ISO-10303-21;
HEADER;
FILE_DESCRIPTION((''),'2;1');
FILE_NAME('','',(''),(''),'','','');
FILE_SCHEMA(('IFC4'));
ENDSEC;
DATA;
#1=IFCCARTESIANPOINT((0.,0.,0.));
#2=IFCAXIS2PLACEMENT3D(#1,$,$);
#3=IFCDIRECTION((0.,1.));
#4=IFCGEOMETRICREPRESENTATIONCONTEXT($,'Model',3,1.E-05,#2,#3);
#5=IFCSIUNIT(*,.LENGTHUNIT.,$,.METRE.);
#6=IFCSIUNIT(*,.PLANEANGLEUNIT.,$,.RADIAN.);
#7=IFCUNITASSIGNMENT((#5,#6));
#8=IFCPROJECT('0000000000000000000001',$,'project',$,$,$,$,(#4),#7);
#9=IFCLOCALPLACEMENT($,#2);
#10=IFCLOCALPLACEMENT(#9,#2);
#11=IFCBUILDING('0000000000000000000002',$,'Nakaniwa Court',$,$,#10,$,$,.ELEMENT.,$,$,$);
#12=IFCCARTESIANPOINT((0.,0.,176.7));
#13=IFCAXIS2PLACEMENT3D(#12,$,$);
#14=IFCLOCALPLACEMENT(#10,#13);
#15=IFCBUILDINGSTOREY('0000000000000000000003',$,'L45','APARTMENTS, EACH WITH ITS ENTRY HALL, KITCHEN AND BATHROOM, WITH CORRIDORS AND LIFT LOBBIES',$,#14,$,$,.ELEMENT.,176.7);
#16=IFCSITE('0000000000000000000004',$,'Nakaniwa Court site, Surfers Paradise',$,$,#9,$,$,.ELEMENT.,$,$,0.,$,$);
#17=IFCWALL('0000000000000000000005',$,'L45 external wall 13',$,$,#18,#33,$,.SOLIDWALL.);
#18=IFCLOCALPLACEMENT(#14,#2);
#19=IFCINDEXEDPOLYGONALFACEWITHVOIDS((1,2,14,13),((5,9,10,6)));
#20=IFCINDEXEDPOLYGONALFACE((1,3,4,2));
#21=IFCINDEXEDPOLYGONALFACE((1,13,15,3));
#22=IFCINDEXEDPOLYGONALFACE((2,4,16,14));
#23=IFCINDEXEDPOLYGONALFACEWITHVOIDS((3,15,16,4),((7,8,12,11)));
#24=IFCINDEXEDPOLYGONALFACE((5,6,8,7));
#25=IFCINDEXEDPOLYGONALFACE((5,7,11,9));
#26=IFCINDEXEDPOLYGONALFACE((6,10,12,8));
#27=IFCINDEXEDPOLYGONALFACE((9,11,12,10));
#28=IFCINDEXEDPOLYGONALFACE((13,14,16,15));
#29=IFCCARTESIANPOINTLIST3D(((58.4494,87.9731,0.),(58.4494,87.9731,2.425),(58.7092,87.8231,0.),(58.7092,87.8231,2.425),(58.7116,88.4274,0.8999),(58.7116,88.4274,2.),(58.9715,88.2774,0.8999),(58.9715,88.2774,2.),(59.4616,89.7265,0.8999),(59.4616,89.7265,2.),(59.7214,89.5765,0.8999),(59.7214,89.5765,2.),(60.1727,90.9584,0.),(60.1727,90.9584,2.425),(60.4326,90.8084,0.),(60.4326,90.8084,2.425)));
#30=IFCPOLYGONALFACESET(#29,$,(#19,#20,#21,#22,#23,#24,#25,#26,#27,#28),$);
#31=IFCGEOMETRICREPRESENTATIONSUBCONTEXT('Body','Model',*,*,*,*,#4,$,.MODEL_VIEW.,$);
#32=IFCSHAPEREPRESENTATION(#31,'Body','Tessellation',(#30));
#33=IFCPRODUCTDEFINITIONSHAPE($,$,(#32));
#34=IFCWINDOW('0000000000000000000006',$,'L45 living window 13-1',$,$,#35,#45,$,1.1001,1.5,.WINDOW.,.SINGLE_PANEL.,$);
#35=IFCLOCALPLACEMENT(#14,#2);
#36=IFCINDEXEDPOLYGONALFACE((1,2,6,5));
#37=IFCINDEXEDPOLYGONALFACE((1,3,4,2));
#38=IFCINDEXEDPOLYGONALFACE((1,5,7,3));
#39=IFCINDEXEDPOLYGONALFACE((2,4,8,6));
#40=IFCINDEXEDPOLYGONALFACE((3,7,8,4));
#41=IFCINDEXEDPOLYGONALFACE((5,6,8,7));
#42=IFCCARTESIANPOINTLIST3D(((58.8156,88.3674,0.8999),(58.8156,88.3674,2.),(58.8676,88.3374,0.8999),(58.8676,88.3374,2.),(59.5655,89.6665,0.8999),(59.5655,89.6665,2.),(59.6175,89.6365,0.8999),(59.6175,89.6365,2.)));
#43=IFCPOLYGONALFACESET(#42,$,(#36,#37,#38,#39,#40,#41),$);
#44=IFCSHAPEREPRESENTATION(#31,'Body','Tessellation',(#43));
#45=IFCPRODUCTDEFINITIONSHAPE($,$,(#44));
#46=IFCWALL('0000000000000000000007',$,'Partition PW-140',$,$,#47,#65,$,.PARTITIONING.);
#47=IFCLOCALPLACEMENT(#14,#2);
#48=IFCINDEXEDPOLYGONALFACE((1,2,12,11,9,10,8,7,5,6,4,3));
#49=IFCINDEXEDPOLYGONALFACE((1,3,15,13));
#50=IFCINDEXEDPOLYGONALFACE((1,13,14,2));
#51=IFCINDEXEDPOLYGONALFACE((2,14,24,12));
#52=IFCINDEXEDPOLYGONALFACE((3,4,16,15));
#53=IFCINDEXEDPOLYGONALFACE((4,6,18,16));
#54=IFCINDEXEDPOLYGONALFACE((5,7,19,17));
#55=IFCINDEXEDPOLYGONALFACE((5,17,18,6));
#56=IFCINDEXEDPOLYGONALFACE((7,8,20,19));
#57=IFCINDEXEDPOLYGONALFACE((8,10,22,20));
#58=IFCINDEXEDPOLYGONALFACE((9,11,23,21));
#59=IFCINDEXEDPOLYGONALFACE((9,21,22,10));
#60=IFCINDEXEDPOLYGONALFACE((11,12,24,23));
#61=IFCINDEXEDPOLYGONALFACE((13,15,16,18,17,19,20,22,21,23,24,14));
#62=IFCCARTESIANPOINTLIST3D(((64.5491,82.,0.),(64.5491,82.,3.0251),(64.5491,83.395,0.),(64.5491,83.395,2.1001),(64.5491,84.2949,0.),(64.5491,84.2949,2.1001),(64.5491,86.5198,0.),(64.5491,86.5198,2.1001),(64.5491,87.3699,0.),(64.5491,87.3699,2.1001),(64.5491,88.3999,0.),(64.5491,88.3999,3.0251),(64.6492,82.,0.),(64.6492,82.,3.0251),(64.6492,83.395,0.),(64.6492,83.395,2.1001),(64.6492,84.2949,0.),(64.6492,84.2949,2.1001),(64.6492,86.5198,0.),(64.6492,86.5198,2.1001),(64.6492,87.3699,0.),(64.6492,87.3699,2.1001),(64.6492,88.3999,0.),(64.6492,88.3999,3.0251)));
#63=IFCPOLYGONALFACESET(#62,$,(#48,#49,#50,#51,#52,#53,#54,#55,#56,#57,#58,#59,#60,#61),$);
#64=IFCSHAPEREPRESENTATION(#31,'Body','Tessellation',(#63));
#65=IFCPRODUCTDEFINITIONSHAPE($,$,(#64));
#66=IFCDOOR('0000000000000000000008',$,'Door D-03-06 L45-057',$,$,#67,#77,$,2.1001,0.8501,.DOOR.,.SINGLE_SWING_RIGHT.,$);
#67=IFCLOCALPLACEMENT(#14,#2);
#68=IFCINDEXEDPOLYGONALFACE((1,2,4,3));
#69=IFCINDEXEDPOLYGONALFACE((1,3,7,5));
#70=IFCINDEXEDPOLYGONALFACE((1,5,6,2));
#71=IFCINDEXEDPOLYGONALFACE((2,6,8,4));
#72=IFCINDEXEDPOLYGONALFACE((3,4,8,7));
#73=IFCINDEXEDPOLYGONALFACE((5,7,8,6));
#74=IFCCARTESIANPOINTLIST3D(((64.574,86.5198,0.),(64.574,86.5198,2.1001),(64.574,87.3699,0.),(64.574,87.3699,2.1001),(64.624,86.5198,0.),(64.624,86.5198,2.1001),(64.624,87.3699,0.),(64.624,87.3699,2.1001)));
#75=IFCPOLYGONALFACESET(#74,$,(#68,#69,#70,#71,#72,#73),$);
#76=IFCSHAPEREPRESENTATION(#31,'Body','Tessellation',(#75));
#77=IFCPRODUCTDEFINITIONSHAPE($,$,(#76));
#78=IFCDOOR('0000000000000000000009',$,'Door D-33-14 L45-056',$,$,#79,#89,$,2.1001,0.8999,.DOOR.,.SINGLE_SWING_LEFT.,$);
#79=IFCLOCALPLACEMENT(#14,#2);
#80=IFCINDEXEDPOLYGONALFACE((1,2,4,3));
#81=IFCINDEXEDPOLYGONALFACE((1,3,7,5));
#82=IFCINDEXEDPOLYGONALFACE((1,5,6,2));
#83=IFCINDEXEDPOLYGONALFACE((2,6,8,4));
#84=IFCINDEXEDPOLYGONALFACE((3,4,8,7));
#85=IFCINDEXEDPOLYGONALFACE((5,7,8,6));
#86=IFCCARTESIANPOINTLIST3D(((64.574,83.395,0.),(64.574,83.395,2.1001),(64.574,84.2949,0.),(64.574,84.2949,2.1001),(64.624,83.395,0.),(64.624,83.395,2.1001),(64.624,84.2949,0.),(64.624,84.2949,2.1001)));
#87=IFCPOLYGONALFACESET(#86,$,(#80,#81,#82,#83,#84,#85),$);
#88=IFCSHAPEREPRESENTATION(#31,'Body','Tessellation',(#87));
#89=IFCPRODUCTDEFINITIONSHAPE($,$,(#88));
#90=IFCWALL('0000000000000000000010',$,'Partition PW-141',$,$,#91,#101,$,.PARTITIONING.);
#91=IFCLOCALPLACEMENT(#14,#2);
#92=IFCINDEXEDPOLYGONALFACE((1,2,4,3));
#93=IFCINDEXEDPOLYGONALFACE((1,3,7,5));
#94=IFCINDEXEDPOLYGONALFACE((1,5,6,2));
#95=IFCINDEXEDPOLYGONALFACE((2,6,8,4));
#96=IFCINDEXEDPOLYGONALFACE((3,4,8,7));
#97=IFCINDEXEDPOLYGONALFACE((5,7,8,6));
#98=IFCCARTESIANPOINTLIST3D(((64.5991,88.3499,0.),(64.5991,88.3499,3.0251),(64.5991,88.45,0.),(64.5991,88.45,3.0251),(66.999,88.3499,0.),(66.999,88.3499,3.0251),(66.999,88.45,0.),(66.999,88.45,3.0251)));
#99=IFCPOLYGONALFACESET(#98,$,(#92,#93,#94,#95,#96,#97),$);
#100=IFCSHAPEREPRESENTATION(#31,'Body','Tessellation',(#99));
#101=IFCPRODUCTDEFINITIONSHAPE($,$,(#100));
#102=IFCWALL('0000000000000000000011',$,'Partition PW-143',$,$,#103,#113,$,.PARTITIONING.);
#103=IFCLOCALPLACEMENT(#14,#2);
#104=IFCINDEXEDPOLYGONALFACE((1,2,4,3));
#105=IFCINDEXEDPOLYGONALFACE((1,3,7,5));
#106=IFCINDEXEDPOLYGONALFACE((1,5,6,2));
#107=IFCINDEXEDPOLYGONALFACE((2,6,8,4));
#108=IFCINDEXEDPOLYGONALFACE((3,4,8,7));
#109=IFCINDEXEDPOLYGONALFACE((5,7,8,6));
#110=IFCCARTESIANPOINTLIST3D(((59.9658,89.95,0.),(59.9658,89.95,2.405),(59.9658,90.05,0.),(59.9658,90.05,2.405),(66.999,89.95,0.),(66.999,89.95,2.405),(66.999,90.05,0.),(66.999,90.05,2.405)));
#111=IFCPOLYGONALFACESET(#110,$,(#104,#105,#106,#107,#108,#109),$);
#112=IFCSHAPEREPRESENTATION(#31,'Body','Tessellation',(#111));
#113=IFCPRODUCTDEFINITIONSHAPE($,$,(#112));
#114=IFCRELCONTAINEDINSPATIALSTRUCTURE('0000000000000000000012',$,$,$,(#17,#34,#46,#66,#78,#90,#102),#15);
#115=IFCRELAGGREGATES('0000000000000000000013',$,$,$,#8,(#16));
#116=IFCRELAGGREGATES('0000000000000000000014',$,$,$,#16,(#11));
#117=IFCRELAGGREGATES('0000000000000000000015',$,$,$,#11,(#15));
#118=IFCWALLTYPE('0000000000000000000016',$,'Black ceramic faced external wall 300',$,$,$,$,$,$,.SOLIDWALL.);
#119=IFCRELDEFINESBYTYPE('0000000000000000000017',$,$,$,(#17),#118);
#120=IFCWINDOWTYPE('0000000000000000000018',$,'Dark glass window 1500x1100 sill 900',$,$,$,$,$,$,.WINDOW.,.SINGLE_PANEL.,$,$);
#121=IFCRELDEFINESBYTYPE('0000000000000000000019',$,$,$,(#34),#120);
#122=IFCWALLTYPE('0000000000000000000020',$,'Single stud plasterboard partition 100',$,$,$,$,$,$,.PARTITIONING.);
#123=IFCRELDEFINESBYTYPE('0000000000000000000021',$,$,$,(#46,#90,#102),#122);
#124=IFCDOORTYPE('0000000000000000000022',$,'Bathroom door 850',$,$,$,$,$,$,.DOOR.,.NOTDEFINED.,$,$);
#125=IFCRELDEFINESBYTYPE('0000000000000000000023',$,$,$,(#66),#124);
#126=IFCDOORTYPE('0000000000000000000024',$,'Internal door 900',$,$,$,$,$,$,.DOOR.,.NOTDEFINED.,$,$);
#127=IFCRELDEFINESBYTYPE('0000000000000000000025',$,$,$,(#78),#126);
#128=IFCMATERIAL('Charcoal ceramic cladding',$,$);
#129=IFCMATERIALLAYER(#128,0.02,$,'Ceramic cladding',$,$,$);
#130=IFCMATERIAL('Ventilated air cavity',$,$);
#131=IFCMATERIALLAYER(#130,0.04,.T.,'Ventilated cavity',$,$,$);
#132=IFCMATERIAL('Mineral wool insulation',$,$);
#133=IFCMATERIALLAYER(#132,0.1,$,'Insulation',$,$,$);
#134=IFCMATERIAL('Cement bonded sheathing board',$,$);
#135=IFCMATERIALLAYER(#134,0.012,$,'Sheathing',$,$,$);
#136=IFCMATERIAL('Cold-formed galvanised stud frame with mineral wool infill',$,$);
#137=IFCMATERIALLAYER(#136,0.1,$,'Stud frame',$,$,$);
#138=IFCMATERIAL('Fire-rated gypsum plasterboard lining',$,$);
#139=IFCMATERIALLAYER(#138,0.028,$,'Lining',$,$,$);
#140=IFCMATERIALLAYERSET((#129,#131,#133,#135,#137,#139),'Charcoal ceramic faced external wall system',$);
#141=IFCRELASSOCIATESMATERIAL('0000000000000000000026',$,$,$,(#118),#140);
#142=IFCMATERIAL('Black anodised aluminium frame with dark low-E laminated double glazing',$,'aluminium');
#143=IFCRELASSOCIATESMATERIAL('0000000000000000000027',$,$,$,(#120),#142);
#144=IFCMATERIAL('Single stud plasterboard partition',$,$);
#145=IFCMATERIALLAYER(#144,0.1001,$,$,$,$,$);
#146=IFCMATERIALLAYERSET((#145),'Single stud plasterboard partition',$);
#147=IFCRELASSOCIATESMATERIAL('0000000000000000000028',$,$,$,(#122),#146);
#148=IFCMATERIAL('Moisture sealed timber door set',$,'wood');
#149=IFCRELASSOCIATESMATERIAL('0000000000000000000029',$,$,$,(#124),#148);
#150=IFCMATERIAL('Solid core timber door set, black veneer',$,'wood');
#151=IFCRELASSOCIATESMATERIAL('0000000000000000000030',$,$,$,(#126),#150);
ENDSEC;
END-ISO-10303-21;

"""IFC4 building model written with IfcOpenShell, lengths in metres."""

from ifc_helpers import new_model, si_unit, direction, frame, frame_2d, origin, place, context, subcontext, project, spatial, rectangle, extrude, material, layer, layer_set, type_object, element, fill, save


model = new_model("IFC4")

# Units and contexts
model_context = context("Model", 3, precision=1e-05, world=origin(), true_north=direction((0.0, 1.0)))
body_context = subcontext(model_context, "Body", "Model", "MODEL_VIEW")
ifc_project = project(units=[si_unit("LENGTHUNIT", "METRE"), si_unit("PLANEANGLEUNIT", "RADIAN")], contexts=[model_context])

# Site, building, storey
site_placement = place(None, origin())
site = spatial("IfcSite", under=ifc_project, at=site_placement, Name="Nakaniwa Court site, Surfers Paradise", CompositionType="ELEMENT", RefElevation=0.0)
building_placement = place(site_placement, origin())
building = spatial("IfcBuilding", under=site, at=building_placement, Name="Nakaniwa Court", CompositionType="ELEMENT")
storey_placement = place(building_placement, frame((0.0, 0.0, 176.7)))
storey = spatial("IfcBuildingStorey", under=building, at=storey_placement, Name="L45", Description="APARTMENTS, EACH WITH ITS ENTRY HALL, KITCHEN AND BATHROOM, WITH CORRIDORS AND LIFT LOBBIES", CompositionType="ELEMENT", Elevation=176.7)

# Shared definitions
ifc_material_1 = material(Name="Solid core timber door set, black veneer", Category="wood")

# Wall, opening, window
ifc_material_2 = material(Name="Charcoal ceramic cladding")
ifc_layer_1 = layer(ifc_material_2, 0.02, Name="Ceramic cladding")
ifc_material_3 = material(Name="Ventilated air cavity")
ifc_layer_2 = layer(ifc_material_3, 0.04, ventilated=True, Name="Ventilated cavity")
ifc_material_4 = material(Name="Mineral wool insulation")
ifc_layer_3 = layer(ifc_material_4, 0.1, Name="Insulation")
ifc_material_5 = material(Name="Cement bonded sheathing board")
ifc_layer_4 = layer(ifc_material_5, 0.012, Name="Sheathing")
ifc_material_6 = material(Name="Cold-formed galvanised stud frame with mineral wool infill")
ifc_layer_5 = layer(ifc_material_6, 0.1, Name="Stud frame")
ifc_material_7 = material(Name="Fire-rated gypsum plasterboard lining")
ifc_layer_6 = layer(ifc_material_7, 0.028, Name="Lining")
ifc_layer_set_1 = layer_set([ifc_layer_1, ifc_layer_2, ifc_layer_3, ifc_layer_4, ifc_layer_5, ifc_layer_6], Name="Charcoal ceramic faced external wall system")
wall_type_1 = type_object("IfcWallType", Name="Black ceramic faced external wall 300", PredefinedType="SOLIDWALL", material=ifc_layer_set_1)
ifc_material_8 = material(Name="Black anodised aluminium frame with dark low-E laminated double glazing", Category="aluminium")
wall_1_placement = place(storey_placement, frame((60.3027, 90.8835, 0.0), z_axis=(0.0, 0.0, 1.0), x_axis=(-0.499955, -0.866051, 0.0)))
wall_1 = element("IfcWall", 1, at=wall_1_placement, inside=storey, type_object=wall_type_1, Name="L45 external wall 13", PredefinedType="SOLIDWALL", context=body_context, shape_type="SweptSolid", body=[
    extrude(rectangle(XDim=3.447, YDim=0.3, at=frame_2d((1.7236, 0.0))), origin(), (0.0, 0.0, 1.0), 2.425),
])
opening_1_placement = place(wall_1_placement, frame((1.4226, 0.0, 0.8999)))
opening_1 = element("IfcOpeningElement", 2, at=opening_1_placement, cuts=wall_1, PredefinedType="OPENING", context=body_context, shape_type="SweptSolid", body=[
    extrude(rectangle(XDim=1.5, YDim=1.1001, at=frame_2d((0.75, 0.55))), frame((0.0, 0.1599, 0.0), z_axis=(0.0, -1.0, 0.0), x_axis=(1.0, 0.0, 0.0)), (0.0, 0.0, 1.0), 0.3201),
])
window_type_1 = type_object("IfcWindowType", Name="Dark glass window 1500x1100 sill 900", PartitioningType="SINGLE_PANEL", PredefinedType="WINDOW", material=ifc_material_8)
window_1_placement = place(opening_1_placement, origin())
window_1 = element("IfcWindow", 3, at=window_1_placement, inside=storey, type_object=window_type_1, Name="L45 living window 13-1", OverallHeight=1.1001, OverallWidth=1.5, PartitioningType="SINGLE_PANEL", PredefinedType="WINDOW", context=body_context, shape_type="SweptSolid", body=[
    extrude(rectangle(XDim=1.5, YDim=1.1001, at=frame_2d((0.75, 0.55))), frame((0.0, 0.03, 0.0), z_axis=(0.0, -1.0, 0.0), x_axis=(1.0, 0.0, 0.0)), (0.0, 0.0, 1.0), 0.0601),
])
fill(opening_1, window_1)

# Wall, openings, doors
ifc_material_9 = material(Name="Single stud plasterboard partition")
ifc_layer_7 = layer(ifc_material_9, 0.1001)
ifc_layer_set_2 = layer_set([ifc_layer_7], Name="Single stud plasterboard partition")
wall_type_2 = type_object("IfcWallType", Name="Single stud plasterboard partition 100", PredefinedType="PARTITIONING", material=ifc_layer_set_2)
wall_2_placement = place(storey_placement, frame((64.5991, 88.3999, 0.0), z_axis=(0.0, 0.0, 1.0), x_axis=(0.0, -1.0, 0.0)))
wall_2 = element("IfcWall", 4, at=wall_2_placement, inside=storey, type_object=wall_type_2, Name="Partition PW-140", PredefinedType="PARTITIONING", context=body_context, shape_type="SweptSolid", body=[
    extrude(rectangle(XDim=6.3999, YDim=0.1001, at=frame_2d((3.2, 0.0))), origin(), (0.0, 0.0, 1.0), 3.0251),
])
opening_2_placement = place(wall_2_placement, frame((4.105, 0.0, 0.0)))
opening_2 = element("IfcOpeningElement", 5, at=opening_2_placement, cuts=wall_2, PredefinedType="OPENING", context=body_context, shape_type="SweptSolid", body=[
    extrude(rectangle(XDim=0.8999, YDim=2.1001, at=frame_2d((0.45, 1.05))), frame((0.0, 0.0601, 0.0), z_axis=(0.0, -1.0, 0.0), x_axis=(1.0, 0.0, 0.0)), (0.0, 0.0, 1.0), 0.1201),
])
opening_3_placement = place(wall_2_placement, frame((1.03, 0.0, 0.0)))
opening_3 = element("IfcOpeningElement", 6, at=opening_3_placement, cuts=wall_2, PredefinedType="OPENING", context=body_context, shape_type="SweptSolid", body=[
    extrude(rectangle(XDim=0.8501, YDim=2.1001, at=frame_2d((0.425, 1.05))), frame((0.0, 0.0601, 0.0), z_axis=(0.0, -1.0, 0.0), x_axis=(1.0, 0.0, 0.0)), (0.0, 0.0, 1.0), 0.1201),
])
ifc_material_10 = material(Name="Moisture sealed timber door set", Category="wood")
door_type_1 = type_object("IfcDoorType", Name="Bathroom door 850", OperationType="NOTDEFINED", PredefinedType="DOOR", material=ifc_material_10)
door_1_placement = place(opening_3_placement, origin())
door_1 = element("IfcDoor", 7, at=door_1_placement, inside=storey, type_object=door_type_1, Name="Door D-03-06 L45-057", OperationType="SINGLE_SWING_RIGHT", OverallHeight=2.1001, OverallWidth=0.8501, PredefinedType="DOOR", context=body_context, shape_type="SweptSolid", body=[
    extrude(rectangle(XDim=0.8501, YDim=2.1001, at=frame_2d((0.425, 1.05))), frame((0.0, 0.0249, 0.0), z_axis=(0.0, -1.0, 0.0), x_axis=(1.0, 0.0, 0.0)), (0.0, 0.0, 1.0), 0.05),
])
fill(opening_3, door_1)
door_type_2 = type_object("IfcDoorType", Name="Internal door 900", OperationType="NOTDEFINED", PredefinedType="DOOR", material=ifc_material_1)
door_2_placement = place(opening_2_placement, origin())
door_2 = element("IfcDoor", 8, at=door_2_placement, inside=storey, type_object=door_type_2, Name="Door D-33-14 L45-056", OperationType="SINGLE_SWING_LEFT", OverallHeight=2.1001, OverallWidth=0.8999, PredefinedType="DOOR", context=body_context, shape_type="SweptSolid", body=[
    extrude(rectangle(XDim=0.8999, YDim=2.1001, at=frame_2d((0.45, 1.05))), frame((0.0, 0.0249, 0.0), z_axis=(0.0, -1.0, 0.0), x_axis=(1.0, 0.0, 0.0)), (0.0, 0.0, 1.0), 0.05),
])
fill(opening_2, door_2)

# Walls
wall_3_placement = place(storey_placement, frame((64.5991, 88.3999, 0.0), z_axis=(0.0, 0.0, 1.0), x_axis=(1.0, 0.0, 0.0)))
element("IfcWall", 9, at=wall_3_placement, inside=storey, type_object=wall_type_2, Name="Partition PW-141", PredefinedType="PARTITIONING", context=body_context, shape_type="SweptSolid", body=[
    extrude(rectangle(XDim=2.3999, YDim=0.1001, at=frame_2d((1.2, 0.0))), origin(), (0.0, 0.0, 1.0), 3.0251),
])
wall_4_placement = place(storey_placement, frame((59.9658, 90.0, 0.0), z_axis=(0.0, 0.0, 1.0), x_axis=(1.0, 0.0, 0.0)))
element("IfcWall", 10, at=wall_4_placement, inside=storey, type_object=wall_type_2, Name="Partition PW-143", PredefinedType="PARTITIONING", context=body_context, shape_type="SweptSolid", body=[
    extrude(rectangle(XDim=7.0332, YDim=0.1001, at=frame_2d((3.5166, 0.0))), origin(), (0.0, 0.0, 1.0), 2.405),
])

save(model, "model.ifc")
